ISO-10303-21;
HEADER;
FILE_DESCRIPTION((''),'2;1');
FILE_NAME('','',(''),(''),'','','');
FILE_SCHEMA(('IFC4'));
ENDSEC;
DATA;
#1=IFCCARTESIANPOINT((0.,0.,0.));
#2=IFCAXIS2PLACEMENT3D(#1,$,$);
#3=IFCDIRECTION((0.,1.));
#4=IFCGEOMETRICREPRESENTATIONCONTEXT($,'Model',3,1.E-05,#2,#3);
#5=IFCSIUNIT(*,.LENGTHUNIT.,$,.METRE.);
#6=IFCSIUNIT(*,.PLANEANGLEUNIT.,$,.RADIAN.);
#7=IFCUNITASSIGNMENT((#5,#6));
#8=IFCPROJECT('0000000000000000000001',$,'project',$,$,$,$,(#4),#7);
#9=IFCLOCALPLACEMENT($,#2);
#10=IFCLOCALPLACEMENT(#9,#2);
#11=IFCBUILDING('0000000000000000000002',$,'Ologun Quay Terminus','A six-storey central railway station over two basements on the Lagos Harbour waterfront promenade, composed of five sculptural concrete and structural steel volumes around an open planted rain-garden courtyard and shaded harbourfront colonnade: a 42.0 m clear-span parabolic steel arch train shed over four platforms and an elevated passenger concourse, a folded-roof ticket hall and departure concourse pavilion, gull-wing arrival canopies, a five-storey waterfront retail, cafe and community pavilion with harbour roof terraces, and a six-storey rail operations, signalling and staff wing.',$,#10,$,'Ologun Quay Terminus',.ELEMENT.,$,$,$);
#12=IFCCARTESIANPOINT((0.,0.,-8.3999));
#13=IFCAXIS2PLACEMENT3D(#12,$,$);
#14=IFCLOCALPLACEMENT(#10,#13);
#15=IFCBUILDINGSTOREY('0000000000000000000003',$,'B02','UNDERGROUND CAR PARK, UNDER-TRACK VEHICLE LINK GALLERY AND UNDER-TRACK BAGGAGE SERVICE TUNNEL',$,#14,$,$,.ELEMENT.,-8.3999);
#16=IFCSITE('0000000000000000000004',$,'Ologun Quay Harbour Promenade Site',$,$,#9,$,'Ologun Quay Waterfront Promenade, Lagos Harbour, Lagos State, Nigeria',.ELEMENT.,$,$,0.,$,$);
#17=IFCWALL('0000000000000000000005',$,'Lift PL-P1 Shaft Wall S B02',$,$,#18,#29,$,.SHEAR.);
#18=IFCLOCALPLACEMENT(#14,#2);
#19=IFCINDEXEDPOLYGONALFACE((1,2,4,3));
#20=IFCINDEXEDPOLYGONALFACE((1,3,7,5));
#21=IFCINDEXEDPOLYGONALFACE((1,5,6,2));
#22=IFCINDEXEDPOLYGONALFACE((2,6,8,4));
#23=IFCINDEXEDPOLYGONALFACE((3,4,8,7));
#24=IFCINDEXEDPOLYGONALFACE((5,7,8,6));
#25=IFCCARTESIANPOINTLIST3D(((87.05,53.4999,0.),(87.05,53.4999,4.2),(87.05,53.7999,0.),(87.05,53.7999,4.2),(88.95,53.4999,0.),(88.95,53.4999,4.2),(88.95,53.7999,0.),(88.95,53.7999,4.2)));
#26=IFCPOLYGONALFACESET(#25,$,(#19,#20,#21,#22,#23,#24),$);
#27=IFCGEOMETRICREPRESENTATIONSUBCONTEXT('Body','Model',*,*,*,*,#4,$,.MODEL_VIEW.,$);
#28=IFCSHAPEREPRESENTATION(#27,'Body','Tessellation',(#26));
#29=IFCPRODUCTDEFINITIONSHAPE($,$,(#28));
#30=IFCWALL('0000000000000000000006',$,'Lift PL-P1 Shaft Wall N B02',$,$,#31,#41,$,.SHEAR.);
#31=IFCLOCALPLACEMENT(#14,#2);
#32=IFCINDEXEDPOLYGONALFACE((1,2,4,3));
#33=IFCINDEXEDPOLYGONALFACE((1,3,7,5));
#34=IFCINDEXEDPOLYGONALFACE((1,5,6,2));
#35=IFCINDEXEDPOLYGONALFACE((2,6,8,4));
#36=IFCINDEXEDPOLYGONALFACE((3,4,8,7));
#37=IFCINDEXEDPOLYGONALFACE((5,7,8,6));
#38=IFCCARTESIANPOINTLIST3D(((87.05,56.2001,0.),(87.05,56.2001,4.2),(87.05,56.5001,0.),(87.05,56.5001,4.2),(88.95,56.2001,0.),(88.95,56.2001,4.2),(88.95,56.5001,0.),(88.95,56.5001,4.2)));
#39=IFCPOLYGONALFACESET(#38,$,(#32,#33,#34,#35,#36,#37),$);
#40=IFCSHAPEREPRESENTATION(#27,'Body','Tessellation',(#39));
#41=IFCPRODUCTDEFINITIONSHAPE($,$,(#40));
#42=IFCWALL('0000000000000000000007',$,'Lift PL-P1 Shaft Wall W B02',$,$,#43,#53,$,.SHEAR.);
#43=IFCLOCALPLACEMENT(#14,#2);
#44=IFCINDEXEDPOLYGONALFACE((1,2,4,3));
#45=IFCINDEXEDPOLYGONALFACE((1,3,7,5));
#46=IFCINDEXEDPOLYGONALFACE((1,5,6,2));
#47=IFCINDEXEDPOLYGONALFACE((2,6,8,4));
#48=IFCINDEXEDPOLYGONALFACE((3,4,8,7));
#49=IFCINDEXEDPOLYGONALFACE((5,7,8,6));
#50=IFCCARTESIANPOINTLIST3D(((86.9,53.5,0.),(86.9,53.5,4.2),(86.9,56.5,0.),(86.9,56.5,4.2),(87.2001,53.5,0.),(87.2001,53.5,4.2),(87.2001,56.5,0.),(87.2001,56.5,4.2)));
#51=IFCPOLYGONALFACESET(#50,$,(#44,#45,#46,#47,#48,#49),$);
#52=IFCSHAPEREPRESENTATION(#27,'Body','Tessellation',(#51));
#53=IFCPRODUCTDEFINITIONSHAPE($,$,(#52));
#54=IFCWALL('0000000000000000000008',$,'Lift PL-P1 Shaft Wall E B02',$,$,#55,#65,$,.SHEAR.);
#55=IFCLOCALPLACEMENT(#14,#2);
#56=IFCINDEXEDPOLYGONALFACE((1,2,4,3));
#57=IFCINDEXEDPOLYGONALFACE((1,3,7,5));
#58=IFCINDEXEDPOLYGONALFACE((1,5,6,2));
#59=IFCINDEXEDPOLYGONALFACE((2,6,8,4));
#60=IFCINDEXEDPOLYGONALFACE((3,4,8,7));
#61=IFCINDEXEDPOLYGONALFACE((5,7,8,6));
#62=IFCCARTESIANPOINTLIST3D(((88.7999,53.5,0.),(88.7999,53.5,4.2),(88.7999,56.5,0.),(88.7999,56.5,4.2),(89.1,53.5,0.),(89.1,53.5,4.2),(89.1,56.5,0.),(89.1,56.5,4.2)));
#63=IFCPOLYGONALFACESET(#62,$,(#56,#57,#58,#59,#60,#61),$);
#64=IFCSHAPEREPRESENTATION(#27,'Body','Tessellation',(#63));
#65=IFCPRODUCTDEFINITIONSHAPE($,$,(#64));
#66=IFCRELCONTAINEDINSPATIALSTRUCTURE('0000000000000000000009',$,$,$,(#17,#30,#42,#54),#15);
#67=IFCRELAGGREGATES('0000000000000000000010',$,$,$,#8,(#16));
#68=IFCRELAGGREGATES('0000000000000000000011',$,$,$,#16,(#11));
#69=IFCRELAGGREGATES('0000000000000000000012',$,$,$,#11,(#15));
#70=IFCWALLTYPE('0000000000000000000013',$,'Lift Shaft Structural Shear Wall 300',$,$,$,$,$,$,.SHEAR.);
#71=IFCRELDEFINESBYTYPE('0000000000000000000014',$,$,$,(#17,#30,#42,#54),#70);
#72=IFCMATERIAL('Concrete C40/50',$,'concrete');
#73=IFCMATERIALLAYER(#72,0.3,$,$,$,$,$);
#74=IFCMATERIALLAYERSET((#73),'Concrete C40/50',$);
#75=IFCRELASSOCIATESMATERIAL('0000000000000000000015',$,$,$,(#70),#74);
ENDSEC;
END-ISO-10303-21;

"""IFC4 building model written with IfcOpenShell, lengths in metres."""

from ifc_helpers import new_model, si_unit, direction, frame, frame_2d, origin, place, context, subcontext, project, spatial, rectangle, extrude, material, layer, layer_set, type_object, element, save


model = new_model("IFC4")

# Units and contexts
model_context = context("Model", 3, precision=1e-05, world=origin(), true_north=direction((0.0, 1.0)))
body_context = subcontext(model_context, "Body", "Model", "MODEL_VIEW")
ifc_project = project(units=[si_unit("LENGTHUNIT", "METRE"), si_unit("PLANEANGLEUNIT", "RADIAN")], contexts=[model_context])

# Site, building, storey
site_placement = place(None, origin())
site = spatial("IfcSite", under=ifc_project, at=site_placement, Name="Ologun Quay Harbour Promenade Site", LongName="Ologun Quay Waterfront Promenade, Lagos Harbour, Lagos State, Nigeria", CompositionType="ELEMENT", RefElevation=0.0)
building_placement = place(site_placement, origin())
building = spatial("IfcBuilding", under=site, at=building_placement, Name="Ologun Quay Terminus", Description="A six-storey central railway station over two basements on the Lagos Harbour waterfront promenade, composed of five sculptural concrete and structural steel volumes around an open planted rain-garden courtyard and shaded harbourfront colonnade: a 42.0 m clear-span parabolic steel arch train shed over four platforms and an elevated passenger concourse, a folded-roof ticket hall and departure concourse pavilion, gull-wing arrival canopies, a five-storey waterfront retail, cafe and community pavilion with harbour roof terraces, and a six-storey rail operations, signalling and staff wing.", LongName="Ologun Quay Terminus", CompositionType="ELEMENT")
storey_placement = place(building_placement, frame((0.0, 0.0, -8.3999)))
storey = spatial("IfcBuildingStorey", under=building, at=storey_placement, Name="B02", Description="UNDERGROUND CAR PARK, UNDER-TRACK VEHICLE LINK GALLERY AND UNDER-TRACK BAGGAGE SERVICE TUNNEL", CompositionType="ELEMENT", Elevation=-8.3999)

# Walls
ifc_material_1 = material(Name="Concrete C40/50", Category="concrete")
ifc_layer = layer(ifc_material_1, 0.3)
ifc_layer_set = layer_set([ifc_layer], Name="Concrete C40/50")
wall_type = type_object("IfcWallType", Name="Lift Shaft Structural Shear Wall 300", PredefinedType="SHEAR", material=ifc_layer_set)
for number, where, z_axis, x_axis, name in (
    (1, (87.05, 53.6499, 0.0), (0.0, 0.0, 1.0), (1.0, 0.0, 0.0), "Lift PL-P1 Shaft Wall S B02"),
    (2, (87.05, 56.3501, 0.0), (0.0, 0.0, 1.0), (1.0, 0.0, 0.0), "Lift PL-P1 Shaft Wall N B02"),
):
    element("IfcWall", number, at=place(storey_placement, frame(where, z_axis=z_axis, x_axis=x_axis)), inside=storey, type_object=wall_type, Name=name, PredefinedType="SHEAR", context=body_context, shape_type="SweptSolid", body=[
        extrude(rectangle(XDim=1.8999, YDim=0.3, at=frame_2d((0.95, 0.0))), origin(), (0.0, 0.0, 1.0), 4.2),
    ])
for number, where, z_axis, x_axis, name in (
    (3, (87.05, 53.5, 0.0), (0.0, 0.0, 1.0), (0.0, 1.0, 0.0), "Lift PL-P1 Shaft Wall W B02"),
    (4, (88.95, 53.5, 0.0), (0.0, 0.0, 1.0), (0.0, 1.0, 0.0), "Lift PL-P1 Shaft Wall E B02"),
):
    element("IfcWall", number, at=place(storey_placement, frame(where, z_axis=z_axis, x_axis=x_axis)), inside=storey, type_object=wall_type, Name=name, PredefinedType="SHEAR", context=body_context, shape_type="SweptSolid", body=[
        extrude(rectangle(XDim=3.0, YDim=0.3, at=frame_2d((1.5, 0.0))), origin(), (0.0, 0.0, 1.0), 4.2),
    ])

save(model, "model.ifc")
